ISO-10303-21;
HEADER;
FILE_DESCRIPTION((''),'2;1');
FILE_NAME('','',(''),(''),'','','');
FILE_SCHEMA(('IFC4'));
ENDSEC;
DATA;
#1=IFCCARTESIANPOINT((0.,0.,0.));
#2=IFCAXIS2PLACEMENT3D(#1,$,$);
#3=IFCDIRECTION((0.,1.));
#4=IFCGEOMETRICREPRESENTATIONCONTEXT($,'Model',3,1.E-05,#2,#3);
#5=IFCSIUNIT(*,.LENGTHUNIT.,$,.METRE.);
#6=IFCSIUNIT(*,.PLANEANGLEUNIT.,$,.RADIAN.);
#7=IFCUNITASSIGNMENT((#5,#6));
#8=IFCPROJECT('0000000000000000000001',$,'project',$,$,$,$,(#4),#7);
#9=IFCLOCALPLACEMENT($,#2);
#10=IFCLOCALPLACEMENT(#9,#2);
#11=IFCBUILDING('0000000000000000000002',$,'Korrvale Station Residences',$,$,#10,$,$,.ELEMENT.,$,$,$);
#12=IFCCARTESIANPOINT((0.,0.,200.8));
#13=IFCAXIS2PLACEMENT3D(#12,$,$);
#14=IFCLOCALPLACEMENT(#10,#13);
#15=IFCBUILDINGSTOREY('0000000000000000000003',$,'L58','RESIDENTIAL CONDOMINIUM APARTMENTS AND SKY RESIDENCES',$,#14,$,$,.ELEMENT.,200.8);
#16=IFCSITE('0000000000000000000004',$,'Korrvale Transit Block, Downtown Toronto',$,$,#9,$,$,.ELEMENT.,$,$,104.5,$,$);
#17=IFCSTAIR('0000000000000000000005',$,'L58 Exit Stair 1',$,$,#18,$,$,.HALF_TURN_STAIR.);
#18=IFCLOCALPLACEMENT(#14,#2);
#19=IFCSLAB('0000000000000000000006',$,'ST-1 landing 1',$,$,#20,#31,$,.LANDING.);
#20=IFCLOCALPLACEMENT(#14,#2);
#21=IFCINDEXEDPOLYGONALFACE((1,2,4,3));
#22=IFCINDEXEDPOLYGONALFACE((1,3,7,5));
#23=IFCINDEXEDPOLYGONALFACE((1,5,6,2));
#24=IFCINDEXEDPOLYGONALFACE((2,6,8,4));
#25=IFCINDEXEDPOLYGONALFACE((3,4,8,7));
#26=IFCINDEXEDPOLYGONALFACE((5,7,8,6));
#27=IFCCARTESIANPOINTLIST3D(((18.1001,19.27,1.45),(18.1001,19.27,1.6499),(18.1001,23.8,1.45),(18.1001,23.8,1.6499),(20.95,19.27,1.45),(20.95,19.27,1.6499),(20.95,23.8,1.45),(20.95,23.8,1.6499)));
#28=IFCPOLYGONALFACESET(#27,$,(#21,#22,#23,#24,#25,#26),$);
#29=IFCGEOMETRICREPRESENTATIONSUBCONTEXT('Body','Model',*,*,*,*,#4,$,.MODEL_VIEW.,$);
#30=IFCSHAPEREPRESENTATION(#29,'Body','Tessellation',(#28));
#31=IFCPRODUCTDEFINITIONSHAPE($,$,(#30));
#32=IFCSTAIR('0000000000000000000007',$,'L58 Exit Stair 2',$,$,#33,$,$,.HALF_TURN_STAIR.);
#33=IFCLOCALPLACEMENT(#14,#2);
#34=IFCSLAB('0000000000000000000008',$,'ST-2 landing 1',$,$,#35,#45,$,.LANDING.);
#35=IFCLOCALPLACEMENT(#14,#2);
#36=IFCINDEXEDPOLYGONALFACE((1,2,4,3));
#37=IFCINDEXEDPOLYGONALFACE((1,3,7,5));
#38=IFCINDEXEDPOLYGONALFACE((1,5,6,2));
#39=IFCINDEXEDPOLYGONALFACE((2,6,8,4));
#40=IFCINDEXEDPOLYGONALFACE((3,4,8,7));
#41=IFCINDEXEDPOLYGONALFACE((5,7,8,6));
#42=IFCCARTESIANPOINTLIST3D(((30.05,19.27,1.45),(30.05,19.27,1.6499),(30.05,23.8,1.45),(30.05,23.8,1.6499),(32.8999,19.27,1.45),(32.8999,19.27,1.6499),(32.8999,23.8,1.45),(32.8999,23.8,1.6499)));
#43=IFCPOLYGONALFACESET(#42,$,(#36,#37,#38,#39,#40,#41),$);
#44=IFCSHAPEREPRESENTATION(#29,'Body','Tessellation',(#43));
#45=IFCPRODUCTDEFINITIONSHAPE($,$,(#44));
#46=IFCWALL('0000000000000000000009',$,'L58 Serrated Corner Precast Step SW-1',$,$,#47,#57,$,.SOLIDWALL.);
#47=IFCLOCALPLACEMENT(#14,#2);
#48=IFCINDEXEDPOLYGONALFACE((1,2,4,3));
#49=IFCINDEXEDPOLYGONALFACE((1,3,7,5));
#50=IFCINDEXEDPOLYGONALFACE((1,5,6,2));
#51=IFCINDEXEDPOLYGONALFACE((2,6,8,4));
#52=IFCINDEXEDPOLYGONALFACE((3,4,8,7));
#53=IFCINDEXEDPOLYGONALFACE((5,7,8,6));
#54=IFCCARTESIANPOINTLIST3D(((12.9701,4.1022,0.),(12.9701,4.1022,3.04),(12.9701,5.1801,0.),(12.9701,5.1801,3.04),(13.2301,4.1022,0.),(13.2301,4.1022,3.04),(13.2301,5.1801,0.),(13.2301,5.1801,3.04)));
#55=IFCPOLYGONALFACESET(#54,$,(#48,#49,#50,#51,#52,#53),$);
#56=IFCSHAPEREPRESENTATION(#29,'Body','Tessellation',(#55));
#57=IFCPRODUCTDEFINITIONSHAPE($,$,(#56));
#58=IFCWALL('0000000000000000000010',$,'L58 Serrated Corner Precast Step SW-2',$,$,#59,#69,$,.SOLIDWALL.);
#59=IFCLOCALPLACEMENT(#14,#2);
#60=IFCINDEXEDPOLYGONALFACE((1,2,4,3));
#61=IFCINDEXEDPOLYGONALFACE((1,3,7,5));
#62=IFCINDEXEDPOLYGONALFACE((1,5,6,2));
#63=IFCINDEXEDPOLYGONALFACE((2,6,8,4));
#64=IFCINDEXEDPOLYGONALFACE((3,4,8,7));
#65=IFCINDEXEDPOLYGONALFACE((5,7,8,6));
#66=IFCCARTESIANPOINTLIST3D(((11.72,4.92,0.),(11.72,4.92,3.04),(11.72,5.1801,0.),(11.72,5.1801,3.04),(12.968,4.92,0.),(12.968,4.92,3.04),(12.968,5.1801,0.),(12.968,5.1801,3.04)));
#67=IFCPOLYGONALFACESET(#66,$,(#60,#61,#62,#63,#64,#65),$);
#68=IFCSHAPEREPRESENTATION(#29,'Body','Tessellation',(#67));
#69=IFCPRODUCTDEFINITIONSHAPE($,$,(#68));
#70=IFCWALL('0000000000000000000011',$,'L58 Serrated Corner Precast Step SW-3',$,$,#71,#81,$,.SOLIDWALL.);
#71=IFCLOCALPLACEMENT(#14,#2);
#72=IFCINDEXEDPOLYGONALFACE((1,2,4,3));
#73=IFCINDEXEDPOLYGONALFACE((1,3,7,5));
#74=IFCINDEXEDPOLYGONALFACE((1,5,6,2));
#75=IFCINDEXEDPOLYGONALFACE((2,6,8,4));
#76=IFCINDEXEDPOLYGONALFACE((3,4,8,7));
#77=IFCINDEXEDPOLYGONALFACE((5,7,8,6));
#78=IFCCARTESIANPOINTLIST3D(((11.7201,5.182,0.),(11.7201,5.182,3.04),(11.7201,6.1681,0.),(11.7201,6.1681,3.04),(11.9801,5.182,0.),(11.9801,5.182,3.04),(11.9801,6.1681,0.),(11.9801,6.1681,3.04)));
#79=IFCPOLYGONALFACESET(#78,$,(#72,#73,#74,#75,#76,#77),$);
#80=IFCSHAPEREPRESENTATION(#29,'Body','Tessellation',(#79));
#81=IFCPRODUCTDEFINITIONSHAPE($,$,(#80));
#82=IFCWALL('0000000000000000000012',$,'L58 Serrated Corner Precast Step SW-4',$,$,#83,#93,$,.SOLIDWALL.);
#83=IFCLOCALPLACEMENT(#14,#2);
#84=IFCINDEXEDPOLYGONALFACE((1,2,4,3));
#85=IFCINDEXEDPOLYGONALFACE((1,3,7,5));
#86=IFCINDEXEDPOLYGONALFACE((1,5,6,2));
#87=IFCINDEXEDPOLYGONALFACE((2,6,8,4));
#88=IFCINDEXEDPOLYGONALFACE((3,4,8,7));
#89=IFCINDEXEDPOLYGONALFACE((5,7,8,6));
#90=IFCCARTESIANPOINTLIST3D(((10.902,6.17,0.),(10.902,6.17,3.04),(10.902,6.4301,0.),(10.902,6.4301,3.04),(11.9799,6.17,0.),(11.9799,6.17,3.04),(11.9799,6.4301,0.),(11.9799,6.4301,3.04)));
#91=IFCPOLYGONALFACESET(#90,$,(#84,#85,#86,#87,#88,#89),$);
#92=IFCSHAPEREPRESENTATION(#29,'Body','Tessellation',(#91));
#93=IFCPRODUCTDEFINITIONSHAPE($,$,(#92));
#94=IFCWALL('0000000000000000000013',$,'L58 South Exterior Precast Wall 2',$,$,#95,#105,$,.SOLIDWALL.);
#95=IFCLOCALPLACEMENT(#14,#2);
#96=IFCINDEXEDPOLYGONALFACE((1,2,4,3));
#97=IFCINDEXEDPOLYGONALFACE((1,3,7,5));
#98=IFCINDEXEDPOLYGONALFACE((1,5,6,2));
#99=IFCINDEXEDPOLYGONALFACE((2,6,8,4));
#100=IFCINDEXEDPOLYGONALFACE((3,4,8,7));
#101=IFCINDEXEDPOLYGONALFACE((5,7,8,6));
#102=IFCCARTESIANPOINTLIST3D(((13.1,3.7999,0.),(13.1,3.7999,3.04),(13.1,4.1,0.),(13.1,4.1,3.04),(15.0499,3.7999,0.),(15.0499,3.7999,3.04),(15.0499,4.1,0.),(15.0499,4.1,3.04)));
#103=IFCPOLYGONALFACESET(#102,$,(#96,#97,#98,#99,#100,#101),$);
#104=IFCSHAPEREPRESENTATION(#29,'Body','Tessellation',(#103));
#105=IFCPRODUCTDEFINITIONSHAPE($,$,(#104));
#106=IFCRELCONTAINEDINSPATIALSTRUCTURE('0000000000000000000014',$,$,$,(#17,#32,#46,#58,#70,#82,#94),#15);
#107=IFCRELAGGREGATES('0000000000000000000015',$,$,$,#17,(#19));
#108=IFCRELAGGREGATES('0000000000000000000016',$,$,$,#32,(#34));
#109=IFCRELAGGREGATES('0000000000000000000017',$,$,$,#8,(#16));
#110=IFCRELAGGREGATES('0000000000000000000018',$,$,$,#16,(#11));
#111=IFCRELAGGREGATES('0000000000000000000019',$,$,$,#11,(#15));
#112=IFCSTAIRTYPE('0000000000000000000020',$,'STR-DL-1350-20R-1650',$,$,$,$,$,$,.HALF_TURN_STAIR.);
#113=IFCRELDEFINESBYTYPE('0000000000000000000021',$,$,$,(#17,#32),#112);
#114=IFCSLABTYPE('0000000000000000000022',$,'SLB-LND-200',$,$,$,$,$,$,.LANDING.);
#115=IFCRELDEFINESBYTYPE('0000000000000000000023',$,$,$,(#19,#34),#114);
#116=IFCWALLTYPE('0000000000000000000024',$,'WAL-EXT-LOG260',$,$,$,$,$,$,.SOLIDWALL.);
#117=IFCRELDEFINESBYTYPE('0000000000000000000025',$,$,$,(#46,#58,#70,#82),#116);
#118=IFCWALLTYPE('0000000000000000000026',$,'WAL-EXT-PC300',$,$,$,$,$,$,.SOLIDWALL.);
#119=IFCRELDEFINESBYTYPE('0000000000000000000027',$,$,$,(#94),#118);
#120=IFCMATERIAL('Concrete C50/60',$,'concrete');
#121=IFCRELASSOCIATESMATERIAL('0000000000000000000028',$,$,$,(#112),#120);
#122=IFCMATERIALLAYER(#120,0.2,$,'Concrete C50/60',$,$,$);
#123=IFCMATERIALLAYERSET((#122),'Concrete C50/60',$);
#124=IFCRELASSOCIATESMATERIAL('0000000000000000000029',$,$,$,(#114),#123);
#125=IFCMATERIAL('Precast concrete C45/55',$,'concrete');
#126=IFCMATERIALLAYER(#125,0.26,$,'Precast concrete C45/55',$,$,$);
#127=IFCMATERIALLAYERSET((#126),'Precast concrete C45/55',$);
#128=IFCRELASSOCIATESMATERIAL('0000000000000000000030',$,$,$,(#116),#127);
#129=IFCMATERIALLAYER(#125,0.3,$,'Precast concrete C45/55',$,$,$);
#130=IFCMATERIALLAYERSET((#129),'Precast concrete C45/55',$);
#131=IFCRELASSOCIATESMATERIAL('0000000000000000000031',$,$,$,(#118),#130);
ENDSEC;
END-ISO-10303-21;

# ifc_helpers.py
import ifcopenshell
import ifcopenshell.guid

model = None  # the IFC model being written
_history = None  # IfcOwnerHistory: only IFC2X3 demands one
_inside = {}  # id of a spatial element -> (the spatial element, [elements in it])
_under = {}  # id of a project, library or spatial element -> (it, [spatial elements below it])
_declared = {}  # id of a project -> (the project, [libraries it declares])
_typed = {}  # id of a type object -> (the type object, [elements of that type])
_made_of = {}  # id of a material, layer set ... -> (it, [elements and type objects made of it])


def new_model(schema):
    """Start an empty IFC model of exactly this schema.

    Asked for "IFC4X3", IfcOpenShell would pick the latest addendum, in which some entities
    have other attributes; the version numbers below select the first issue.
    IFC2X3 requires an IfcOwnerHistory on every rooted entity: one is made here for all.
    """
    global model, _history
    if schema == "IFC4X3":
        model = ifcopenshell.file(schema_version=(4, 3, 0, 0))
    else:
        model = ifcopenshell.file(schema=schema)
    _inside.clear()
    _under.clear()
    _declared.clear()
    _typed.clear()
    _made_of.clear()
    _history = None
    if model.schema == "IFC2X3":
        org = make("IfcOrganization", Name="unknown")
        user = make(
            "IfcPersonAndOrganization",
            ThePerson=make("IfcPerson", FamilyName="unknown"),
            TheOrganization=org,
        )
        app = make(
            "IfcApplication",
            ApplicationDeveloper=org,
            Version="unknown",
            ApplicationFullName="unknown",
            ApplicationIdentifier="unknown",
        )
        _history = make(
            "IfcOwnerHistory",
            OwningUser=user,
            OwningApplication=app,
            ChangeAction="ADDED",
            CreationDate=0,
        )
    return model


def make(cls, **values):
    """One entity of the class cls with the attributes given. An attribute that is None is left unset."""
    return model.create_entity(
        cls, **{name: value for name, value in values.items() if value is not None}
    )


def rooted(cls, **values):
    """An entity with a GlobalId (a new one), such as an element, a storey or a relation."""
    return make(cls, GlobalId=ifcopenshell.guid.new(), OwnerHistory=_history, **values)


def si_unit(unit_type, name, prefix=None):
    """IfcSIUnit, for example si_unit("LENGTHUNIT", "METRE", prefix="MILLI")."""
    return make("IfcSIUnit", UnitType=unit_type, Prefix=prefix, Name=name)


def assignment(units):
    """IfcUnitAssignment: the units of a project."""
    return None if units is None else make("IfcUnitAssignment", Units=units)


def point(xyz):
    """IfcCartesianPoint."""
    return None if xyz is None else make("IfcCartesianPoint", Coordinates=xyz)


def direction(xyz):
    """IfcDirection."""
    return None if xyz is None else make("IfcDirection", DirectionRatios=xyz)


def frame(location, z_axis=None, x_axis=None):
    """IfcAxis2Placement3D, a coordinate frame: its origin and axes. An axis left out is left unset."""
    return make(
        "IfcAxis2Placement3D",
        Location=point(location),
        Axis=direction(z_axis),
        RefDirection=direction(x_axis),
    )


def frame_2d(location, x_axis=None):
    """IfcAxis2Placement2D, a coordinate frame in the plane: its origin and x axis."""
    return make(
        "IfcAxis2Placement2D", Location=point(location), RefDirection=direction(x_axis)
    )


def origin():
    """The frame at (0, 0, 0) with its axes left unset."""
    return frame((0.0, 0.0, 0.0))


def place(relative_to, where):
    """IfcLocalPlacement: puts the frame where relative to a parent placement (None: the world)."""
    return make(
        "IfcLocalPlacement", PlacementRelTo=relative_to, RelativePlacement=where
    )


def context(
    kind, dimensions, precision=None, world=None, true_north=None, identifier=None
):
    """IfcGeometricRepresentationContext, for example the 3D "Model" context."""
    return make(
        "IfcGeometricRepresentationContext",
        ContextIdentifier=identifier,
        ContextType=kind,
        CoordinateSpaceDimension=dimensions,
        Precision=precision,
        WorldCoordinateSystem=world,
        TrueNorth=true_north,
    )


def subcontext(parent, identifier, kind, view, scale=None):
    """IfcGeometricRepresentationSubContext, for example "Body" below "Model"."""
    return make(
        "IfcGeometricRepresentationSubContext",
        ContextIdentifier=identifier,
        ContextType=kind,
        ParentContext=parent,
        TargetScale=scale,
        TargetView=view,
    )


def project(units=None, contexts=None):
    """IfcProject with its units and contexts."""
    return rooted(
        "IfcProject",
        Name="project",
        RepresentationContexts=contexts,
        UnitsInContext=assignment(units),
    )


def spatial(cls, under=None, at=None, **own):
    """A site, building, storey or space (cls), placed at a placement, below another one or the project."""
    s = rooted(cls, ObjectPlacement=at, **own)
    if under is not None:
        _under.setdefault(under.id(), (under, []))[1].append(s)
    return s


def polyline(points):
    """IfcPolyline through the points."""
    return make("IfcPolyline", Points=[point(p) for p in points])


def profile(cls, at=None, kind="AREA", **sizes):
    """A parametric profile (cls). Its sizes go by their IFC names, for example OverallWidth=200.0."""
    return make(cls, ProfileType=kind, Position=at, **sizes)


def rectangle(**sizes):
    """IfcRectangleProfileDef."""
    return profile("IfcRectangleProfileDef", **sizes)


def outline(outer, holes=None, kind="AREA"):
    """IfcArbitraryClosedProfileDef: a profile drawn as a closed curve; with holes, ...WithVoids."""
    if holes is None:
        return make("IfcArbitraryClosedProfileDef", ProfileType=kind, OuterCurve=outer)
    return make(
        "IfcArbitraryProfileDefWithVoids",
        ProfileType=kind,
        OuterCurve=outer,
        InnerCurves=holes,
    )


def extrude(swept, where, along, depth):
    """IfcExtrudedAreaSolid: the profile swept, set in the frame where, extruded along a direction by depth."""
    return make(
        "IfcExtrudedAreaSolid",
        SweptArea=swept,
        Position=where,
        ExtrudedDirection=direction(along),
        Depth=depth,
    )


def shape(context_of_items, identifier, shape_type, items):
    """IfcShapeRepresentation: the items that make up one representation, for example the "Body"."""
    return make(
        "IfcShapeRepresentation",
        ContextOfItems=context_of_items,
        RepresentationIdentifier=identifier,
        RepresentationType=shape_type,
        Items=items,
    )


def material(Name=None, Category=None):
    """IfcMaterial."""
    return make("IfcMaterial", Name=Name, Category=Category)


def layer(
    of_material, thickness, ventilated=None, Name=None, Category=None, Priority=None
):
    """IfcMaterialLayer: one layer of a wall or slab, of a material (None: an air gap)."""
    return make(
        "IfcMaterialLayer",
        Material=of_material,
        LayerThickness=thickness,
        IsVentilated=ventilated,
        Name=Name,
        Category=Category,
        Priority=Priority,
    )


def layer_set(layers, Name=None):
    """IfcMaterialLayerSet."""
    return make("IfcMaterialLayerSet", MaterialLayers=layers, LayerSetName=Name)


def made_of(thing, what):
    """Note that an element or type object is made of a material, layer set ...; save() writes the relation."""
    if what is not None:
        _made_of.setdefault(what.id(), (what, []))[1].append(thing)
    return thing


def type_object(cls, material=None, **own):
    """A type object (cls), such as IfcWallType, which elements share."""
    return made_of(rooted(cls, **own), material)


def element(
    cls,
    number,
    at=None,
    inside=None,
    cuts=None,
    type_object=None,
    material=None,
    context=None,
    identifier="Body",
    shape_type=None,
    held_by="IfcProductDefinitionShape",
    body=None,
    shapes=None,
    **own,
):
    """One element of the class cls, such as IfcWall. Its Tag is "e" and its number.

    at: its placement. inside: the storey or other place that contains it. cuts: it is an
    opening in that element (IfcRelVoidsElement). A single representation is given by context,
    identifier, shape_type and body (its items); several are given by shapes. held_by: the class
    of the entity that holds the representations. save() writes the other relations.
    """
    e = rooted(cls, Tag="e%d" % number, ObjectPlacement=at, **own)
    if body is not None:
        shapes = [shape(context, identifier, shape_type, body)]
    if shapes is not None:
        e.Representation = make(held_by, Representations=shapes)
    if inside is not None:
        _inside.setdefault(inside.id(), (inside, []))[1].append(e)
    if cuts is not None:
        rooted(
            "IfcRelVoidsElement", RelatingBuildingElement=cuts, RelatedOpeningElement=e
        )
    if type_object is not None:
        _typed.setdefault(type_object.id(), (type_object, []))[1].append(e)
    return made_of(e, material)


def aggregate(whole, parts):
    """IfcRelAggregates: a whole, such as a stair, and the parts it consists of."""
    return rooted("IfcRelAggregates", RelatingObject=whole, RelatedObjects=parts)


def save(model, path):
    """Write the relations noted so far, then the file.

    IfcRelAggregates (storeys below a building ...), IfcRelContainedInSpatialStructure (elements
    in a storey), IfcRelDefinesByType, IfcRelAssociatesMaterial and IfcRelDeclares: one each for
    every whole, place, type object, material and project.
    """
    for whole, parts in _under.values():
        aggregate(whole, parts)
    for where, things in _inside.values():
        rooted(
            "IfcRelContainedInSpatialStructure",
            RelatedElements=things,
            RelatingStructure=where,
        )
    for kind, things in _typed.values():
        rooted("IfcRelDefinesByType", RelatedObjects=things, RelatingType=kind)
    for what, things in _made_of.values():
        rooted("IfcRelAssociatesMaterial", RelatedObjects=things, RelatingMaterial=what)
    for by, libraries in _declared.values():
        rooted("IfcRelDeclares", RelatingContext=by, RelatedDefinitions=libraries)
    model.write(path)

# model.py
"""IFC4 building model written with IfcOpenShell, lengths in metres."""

from ifc_helpers import new_model, si_unit, direction, frame, frame_2d, origin, place, context, subcontext, project, spatial, polyline, rectangle, outline, extrude, material, layer, layer_set, type_object, element, aggregate, save


model = new_model("IFC4")

# Units and contexts
model_context = context("Model", 3, precision=1e-05, world=origin(), true_north=direction((0.0, 1.0)))
body_context = subcontext(model_context, "Body", "Model", "MODEL_VIEW")
ifc_project = project(units=[si_unit("LENGTHUNIT", "METRE"), si_unit("PLANEANGLEUNIT", "RADIAN")], contexts=[model_context])

# Site, building, storey
site_placement = place(None, origin())
site = spatial("IfcSite", under=ifc_project, at=site_placement, Name="Korrvale Transit Block, Downtown Toronto", CompositionType="ELEMENT", RefElevation=104.5)
building_placement = place(site_placement, origin())
building = spatial("IfcBuilding", under=site, at=building_placement, Name="Korrvale Station Residences", CompositionType="ELEMENT")
storey_placement = place(building_placement, frame((0.0, 0.0, 200.8)))
storey = spatial("IfcBuildingStorey", under=building, at=storey_placement, Name="L58", Description="RESIDENTIAL CONDOMINIUM APARTMENTS AND SKY RESIDENCES", CompositionType="ELEMENT", Elevation=200.8)

# Shared definitions
ifc_material_1 = material(Name="Concrete C50/60", Category="concrete")

# Stairs, slabs
stair_type = type_object("IfcStairType", Name="STR-DL-1350-20R-1650", PredefinedType="HALF_TURN_STAIR", material=ifc_material_1)
stair_1_placement = place(storey_placement, origin())
stair_1 = element("IfcStair", 1, at=stair_1_placement, inside=storey, type_object=stair_type, Name="L58 Exit Stair 1", PredefinedType="HALF_TURN_STAIR")
ifc_layer_1 = layer(ifc_material_1, 0.2, Name="Concrete C50/60")
ifc_layer_set_1 = layer_set([ifc_layer_1], Name="Concrete C50/60")
slab_type_1 = type_object("IfcSlabType", Name="SLB-LND-200", PredefinedType="LANDING", material=ifc_layer_set_1)
slab_1_placement = place(storey_placement, frame((0.0, 0.0, 1.45)))
slab_1 = element("IfcSlab", 2, at=slab_1_placement, type_object=slab_type_1, Name="ST-1 landing 1", PredefinedType="LANDING", context=body_context, shape_type="SweptSolid", body=[
    extrude(outline(polyline([(20.95, 19.27), (20.95, 23.8), (18.1001, 23.8), (18.1001, 19.27), (20.95, 19.27)])), origin(), (0.0, 0.0, 1.0), 0.2),
])
aggregate(stair_1, [slab_1])
stair_2_placement = place(storey_placement, origin())
stair_2 = element("IfcStair", 3, at=stair_2_placement, inside=storey, type_object=stair_type, Name="L58 Exit Stair 2", PredefinedType="HALF_TURN_STAIR")
slab_2_placement = place(storey_placement, frame((0.0, 0.0, 1.45)))
slab_2 = element("IfcSlab", 4, at=slab_2_placement, type_object=slab_type_1, Name="ST-2 landing 1", PredefinedType="LANDING", context=body_context, shape_type="SweptSolid", body=[
    extrude(outline(polyline([(32.8999, 19.27), (32.8999, 23.8), (30.05, 23.8), (30.05, 19.27), (32.8999, 19.27)])), origin(), (0.0, 0.0, 1.0), 0.2),
])
aggregate(stair_2, [slab_2])

# Walls
ifc_material_2 = material(Name="Precast concrete C45/55", Category="concrete")
ifc_layer_2 = layer(ifc_material_2, 0.26, Name="Precast concrete C45/55")
ifc_layer_set_2 = layer_set([ifc_layer_2], Name="Precast concrete C45/55")
wall_type_1 = type_object("IfcWallType", Name="WAL-EXT-LOG260", PredefinedType="SOLIDWALL", material=ifc_layer_set_2)
wall_1_placement = place(storey_placement, frame((13.1001, 4.1021, 0.0), z_axis=(0.0, 0.0, 1.0), x_axis=(0.0, 1.0, 0.0)))
element("IfcWall", 5, at=wall_1_placement, inside=storey, type_object=wall_type_1, Name="L58 Serrated Corner Precast Step SW-1", PredefinedType="SOLIDWALL", context=body_context, shape_type="SweptSolid", body=[
    extrude(rectangle(XDim=1.0779, YDim=0.26, at=frame_2d((0.5391, 0.0))), origin(), (0.0, 0.0, 1.0), 3.04),
])
wall_2_placement = place(storey_placement, frame((12.968, 5.05, 0.0), z_axis=(0.0, 0.0, 1.0), x_axis=(-1.0, 0.0, 0.0)))
element("IfcWall", 6, at=wall_2_placement, inside=storey, type_object=wall_type_1, Name="L58 Serrated Corner Precast Step SW-2", PredefinedType="SOLIDWALL", context=body_context, shape_type="SweptSolid", body=[
    extrude(rectangle(XDim=1.248, YDim=0.26, at=frame_2d((0.624, 0.0))), origin(), (0.0, 0.0, 1.0), 3.04),
])
wall_3_placement = place(storey_placement, frame((11.8501, 5.1819, 0.0), z_axis=(0.0, 0.0, 1.0), x_axis=(0.0, 1.0, 0.0)))
element("IfcWall", 7, at=wall_3_placement, inside=storey, type_object=wall_type_1, Name="L58 Serrated Corner Precast Step SW-3", PredefinedType="SOLIDWALL", context=body_context, shape_type="SweptSolid", body=[
    extrude(rectangle(XDim=0.9861, YDim=0.26, at=frame_2d((0.4932, 0.0))), origin(), (0.0, 0.0, 1.0), 3.04),
])
wall_4_placement = place(storey_placement, frame((11.98, 6.3, 0.0), z_axis=(0.0, 0.0, 1.0), x_axis=(-1.0, 0.0, 0.0)))
element("IfcWall", 8, at=wall_4_placement, inside=storey, type_object=wall_type_1, Name="L58 Serrated Corner Precast Step SW-4", PredefinedType="SOLIDWALL", context=body_context, shape_type="SweptSolid", body=[
    extrude(rectangle(XDim=1.0779, YDim=0.26, at=frame_2d((0.5391, 0.0))), origin(), (0.0, 0.0, 1.0), 3.04),
])
ifc_layer_3 = layer(ifc_material_2, 0.3, Name="Precast concrete C45/55")
ifc_layer_set_3 = layer_set([ifc_layer_3], Name="Precast concrete C45/55")
wall_type_2 = type_object("IfcWallType", Name="WAL-EXT-PC300", PredefinedType="SOLIDWALL", material=ifc_layer_set_3)
wall_5_placement = place(storey_placement, frame((15.05, 3.95, 0.0), z_axis=(0.0, 0.0, 1.0), x_axis=(-1.0, 0.0, 0.0)))
element("IfcWall", 9, at=wall_5_placement, inside=storey, type_object=wall_type_2, Name="L58 South Exterior Precast Wall 2", PredefinedType="SOLIDWALL", context=body_context, shape_type="SweptSolid", body=[
    extrude(rectangle(XDim=1.95, YDim=0.3, at=frame_2d((0.9751, 0.0))), origin(), (0.0, 0.0, 1.0), 3.04),
])

save(model, "model.ifc")
